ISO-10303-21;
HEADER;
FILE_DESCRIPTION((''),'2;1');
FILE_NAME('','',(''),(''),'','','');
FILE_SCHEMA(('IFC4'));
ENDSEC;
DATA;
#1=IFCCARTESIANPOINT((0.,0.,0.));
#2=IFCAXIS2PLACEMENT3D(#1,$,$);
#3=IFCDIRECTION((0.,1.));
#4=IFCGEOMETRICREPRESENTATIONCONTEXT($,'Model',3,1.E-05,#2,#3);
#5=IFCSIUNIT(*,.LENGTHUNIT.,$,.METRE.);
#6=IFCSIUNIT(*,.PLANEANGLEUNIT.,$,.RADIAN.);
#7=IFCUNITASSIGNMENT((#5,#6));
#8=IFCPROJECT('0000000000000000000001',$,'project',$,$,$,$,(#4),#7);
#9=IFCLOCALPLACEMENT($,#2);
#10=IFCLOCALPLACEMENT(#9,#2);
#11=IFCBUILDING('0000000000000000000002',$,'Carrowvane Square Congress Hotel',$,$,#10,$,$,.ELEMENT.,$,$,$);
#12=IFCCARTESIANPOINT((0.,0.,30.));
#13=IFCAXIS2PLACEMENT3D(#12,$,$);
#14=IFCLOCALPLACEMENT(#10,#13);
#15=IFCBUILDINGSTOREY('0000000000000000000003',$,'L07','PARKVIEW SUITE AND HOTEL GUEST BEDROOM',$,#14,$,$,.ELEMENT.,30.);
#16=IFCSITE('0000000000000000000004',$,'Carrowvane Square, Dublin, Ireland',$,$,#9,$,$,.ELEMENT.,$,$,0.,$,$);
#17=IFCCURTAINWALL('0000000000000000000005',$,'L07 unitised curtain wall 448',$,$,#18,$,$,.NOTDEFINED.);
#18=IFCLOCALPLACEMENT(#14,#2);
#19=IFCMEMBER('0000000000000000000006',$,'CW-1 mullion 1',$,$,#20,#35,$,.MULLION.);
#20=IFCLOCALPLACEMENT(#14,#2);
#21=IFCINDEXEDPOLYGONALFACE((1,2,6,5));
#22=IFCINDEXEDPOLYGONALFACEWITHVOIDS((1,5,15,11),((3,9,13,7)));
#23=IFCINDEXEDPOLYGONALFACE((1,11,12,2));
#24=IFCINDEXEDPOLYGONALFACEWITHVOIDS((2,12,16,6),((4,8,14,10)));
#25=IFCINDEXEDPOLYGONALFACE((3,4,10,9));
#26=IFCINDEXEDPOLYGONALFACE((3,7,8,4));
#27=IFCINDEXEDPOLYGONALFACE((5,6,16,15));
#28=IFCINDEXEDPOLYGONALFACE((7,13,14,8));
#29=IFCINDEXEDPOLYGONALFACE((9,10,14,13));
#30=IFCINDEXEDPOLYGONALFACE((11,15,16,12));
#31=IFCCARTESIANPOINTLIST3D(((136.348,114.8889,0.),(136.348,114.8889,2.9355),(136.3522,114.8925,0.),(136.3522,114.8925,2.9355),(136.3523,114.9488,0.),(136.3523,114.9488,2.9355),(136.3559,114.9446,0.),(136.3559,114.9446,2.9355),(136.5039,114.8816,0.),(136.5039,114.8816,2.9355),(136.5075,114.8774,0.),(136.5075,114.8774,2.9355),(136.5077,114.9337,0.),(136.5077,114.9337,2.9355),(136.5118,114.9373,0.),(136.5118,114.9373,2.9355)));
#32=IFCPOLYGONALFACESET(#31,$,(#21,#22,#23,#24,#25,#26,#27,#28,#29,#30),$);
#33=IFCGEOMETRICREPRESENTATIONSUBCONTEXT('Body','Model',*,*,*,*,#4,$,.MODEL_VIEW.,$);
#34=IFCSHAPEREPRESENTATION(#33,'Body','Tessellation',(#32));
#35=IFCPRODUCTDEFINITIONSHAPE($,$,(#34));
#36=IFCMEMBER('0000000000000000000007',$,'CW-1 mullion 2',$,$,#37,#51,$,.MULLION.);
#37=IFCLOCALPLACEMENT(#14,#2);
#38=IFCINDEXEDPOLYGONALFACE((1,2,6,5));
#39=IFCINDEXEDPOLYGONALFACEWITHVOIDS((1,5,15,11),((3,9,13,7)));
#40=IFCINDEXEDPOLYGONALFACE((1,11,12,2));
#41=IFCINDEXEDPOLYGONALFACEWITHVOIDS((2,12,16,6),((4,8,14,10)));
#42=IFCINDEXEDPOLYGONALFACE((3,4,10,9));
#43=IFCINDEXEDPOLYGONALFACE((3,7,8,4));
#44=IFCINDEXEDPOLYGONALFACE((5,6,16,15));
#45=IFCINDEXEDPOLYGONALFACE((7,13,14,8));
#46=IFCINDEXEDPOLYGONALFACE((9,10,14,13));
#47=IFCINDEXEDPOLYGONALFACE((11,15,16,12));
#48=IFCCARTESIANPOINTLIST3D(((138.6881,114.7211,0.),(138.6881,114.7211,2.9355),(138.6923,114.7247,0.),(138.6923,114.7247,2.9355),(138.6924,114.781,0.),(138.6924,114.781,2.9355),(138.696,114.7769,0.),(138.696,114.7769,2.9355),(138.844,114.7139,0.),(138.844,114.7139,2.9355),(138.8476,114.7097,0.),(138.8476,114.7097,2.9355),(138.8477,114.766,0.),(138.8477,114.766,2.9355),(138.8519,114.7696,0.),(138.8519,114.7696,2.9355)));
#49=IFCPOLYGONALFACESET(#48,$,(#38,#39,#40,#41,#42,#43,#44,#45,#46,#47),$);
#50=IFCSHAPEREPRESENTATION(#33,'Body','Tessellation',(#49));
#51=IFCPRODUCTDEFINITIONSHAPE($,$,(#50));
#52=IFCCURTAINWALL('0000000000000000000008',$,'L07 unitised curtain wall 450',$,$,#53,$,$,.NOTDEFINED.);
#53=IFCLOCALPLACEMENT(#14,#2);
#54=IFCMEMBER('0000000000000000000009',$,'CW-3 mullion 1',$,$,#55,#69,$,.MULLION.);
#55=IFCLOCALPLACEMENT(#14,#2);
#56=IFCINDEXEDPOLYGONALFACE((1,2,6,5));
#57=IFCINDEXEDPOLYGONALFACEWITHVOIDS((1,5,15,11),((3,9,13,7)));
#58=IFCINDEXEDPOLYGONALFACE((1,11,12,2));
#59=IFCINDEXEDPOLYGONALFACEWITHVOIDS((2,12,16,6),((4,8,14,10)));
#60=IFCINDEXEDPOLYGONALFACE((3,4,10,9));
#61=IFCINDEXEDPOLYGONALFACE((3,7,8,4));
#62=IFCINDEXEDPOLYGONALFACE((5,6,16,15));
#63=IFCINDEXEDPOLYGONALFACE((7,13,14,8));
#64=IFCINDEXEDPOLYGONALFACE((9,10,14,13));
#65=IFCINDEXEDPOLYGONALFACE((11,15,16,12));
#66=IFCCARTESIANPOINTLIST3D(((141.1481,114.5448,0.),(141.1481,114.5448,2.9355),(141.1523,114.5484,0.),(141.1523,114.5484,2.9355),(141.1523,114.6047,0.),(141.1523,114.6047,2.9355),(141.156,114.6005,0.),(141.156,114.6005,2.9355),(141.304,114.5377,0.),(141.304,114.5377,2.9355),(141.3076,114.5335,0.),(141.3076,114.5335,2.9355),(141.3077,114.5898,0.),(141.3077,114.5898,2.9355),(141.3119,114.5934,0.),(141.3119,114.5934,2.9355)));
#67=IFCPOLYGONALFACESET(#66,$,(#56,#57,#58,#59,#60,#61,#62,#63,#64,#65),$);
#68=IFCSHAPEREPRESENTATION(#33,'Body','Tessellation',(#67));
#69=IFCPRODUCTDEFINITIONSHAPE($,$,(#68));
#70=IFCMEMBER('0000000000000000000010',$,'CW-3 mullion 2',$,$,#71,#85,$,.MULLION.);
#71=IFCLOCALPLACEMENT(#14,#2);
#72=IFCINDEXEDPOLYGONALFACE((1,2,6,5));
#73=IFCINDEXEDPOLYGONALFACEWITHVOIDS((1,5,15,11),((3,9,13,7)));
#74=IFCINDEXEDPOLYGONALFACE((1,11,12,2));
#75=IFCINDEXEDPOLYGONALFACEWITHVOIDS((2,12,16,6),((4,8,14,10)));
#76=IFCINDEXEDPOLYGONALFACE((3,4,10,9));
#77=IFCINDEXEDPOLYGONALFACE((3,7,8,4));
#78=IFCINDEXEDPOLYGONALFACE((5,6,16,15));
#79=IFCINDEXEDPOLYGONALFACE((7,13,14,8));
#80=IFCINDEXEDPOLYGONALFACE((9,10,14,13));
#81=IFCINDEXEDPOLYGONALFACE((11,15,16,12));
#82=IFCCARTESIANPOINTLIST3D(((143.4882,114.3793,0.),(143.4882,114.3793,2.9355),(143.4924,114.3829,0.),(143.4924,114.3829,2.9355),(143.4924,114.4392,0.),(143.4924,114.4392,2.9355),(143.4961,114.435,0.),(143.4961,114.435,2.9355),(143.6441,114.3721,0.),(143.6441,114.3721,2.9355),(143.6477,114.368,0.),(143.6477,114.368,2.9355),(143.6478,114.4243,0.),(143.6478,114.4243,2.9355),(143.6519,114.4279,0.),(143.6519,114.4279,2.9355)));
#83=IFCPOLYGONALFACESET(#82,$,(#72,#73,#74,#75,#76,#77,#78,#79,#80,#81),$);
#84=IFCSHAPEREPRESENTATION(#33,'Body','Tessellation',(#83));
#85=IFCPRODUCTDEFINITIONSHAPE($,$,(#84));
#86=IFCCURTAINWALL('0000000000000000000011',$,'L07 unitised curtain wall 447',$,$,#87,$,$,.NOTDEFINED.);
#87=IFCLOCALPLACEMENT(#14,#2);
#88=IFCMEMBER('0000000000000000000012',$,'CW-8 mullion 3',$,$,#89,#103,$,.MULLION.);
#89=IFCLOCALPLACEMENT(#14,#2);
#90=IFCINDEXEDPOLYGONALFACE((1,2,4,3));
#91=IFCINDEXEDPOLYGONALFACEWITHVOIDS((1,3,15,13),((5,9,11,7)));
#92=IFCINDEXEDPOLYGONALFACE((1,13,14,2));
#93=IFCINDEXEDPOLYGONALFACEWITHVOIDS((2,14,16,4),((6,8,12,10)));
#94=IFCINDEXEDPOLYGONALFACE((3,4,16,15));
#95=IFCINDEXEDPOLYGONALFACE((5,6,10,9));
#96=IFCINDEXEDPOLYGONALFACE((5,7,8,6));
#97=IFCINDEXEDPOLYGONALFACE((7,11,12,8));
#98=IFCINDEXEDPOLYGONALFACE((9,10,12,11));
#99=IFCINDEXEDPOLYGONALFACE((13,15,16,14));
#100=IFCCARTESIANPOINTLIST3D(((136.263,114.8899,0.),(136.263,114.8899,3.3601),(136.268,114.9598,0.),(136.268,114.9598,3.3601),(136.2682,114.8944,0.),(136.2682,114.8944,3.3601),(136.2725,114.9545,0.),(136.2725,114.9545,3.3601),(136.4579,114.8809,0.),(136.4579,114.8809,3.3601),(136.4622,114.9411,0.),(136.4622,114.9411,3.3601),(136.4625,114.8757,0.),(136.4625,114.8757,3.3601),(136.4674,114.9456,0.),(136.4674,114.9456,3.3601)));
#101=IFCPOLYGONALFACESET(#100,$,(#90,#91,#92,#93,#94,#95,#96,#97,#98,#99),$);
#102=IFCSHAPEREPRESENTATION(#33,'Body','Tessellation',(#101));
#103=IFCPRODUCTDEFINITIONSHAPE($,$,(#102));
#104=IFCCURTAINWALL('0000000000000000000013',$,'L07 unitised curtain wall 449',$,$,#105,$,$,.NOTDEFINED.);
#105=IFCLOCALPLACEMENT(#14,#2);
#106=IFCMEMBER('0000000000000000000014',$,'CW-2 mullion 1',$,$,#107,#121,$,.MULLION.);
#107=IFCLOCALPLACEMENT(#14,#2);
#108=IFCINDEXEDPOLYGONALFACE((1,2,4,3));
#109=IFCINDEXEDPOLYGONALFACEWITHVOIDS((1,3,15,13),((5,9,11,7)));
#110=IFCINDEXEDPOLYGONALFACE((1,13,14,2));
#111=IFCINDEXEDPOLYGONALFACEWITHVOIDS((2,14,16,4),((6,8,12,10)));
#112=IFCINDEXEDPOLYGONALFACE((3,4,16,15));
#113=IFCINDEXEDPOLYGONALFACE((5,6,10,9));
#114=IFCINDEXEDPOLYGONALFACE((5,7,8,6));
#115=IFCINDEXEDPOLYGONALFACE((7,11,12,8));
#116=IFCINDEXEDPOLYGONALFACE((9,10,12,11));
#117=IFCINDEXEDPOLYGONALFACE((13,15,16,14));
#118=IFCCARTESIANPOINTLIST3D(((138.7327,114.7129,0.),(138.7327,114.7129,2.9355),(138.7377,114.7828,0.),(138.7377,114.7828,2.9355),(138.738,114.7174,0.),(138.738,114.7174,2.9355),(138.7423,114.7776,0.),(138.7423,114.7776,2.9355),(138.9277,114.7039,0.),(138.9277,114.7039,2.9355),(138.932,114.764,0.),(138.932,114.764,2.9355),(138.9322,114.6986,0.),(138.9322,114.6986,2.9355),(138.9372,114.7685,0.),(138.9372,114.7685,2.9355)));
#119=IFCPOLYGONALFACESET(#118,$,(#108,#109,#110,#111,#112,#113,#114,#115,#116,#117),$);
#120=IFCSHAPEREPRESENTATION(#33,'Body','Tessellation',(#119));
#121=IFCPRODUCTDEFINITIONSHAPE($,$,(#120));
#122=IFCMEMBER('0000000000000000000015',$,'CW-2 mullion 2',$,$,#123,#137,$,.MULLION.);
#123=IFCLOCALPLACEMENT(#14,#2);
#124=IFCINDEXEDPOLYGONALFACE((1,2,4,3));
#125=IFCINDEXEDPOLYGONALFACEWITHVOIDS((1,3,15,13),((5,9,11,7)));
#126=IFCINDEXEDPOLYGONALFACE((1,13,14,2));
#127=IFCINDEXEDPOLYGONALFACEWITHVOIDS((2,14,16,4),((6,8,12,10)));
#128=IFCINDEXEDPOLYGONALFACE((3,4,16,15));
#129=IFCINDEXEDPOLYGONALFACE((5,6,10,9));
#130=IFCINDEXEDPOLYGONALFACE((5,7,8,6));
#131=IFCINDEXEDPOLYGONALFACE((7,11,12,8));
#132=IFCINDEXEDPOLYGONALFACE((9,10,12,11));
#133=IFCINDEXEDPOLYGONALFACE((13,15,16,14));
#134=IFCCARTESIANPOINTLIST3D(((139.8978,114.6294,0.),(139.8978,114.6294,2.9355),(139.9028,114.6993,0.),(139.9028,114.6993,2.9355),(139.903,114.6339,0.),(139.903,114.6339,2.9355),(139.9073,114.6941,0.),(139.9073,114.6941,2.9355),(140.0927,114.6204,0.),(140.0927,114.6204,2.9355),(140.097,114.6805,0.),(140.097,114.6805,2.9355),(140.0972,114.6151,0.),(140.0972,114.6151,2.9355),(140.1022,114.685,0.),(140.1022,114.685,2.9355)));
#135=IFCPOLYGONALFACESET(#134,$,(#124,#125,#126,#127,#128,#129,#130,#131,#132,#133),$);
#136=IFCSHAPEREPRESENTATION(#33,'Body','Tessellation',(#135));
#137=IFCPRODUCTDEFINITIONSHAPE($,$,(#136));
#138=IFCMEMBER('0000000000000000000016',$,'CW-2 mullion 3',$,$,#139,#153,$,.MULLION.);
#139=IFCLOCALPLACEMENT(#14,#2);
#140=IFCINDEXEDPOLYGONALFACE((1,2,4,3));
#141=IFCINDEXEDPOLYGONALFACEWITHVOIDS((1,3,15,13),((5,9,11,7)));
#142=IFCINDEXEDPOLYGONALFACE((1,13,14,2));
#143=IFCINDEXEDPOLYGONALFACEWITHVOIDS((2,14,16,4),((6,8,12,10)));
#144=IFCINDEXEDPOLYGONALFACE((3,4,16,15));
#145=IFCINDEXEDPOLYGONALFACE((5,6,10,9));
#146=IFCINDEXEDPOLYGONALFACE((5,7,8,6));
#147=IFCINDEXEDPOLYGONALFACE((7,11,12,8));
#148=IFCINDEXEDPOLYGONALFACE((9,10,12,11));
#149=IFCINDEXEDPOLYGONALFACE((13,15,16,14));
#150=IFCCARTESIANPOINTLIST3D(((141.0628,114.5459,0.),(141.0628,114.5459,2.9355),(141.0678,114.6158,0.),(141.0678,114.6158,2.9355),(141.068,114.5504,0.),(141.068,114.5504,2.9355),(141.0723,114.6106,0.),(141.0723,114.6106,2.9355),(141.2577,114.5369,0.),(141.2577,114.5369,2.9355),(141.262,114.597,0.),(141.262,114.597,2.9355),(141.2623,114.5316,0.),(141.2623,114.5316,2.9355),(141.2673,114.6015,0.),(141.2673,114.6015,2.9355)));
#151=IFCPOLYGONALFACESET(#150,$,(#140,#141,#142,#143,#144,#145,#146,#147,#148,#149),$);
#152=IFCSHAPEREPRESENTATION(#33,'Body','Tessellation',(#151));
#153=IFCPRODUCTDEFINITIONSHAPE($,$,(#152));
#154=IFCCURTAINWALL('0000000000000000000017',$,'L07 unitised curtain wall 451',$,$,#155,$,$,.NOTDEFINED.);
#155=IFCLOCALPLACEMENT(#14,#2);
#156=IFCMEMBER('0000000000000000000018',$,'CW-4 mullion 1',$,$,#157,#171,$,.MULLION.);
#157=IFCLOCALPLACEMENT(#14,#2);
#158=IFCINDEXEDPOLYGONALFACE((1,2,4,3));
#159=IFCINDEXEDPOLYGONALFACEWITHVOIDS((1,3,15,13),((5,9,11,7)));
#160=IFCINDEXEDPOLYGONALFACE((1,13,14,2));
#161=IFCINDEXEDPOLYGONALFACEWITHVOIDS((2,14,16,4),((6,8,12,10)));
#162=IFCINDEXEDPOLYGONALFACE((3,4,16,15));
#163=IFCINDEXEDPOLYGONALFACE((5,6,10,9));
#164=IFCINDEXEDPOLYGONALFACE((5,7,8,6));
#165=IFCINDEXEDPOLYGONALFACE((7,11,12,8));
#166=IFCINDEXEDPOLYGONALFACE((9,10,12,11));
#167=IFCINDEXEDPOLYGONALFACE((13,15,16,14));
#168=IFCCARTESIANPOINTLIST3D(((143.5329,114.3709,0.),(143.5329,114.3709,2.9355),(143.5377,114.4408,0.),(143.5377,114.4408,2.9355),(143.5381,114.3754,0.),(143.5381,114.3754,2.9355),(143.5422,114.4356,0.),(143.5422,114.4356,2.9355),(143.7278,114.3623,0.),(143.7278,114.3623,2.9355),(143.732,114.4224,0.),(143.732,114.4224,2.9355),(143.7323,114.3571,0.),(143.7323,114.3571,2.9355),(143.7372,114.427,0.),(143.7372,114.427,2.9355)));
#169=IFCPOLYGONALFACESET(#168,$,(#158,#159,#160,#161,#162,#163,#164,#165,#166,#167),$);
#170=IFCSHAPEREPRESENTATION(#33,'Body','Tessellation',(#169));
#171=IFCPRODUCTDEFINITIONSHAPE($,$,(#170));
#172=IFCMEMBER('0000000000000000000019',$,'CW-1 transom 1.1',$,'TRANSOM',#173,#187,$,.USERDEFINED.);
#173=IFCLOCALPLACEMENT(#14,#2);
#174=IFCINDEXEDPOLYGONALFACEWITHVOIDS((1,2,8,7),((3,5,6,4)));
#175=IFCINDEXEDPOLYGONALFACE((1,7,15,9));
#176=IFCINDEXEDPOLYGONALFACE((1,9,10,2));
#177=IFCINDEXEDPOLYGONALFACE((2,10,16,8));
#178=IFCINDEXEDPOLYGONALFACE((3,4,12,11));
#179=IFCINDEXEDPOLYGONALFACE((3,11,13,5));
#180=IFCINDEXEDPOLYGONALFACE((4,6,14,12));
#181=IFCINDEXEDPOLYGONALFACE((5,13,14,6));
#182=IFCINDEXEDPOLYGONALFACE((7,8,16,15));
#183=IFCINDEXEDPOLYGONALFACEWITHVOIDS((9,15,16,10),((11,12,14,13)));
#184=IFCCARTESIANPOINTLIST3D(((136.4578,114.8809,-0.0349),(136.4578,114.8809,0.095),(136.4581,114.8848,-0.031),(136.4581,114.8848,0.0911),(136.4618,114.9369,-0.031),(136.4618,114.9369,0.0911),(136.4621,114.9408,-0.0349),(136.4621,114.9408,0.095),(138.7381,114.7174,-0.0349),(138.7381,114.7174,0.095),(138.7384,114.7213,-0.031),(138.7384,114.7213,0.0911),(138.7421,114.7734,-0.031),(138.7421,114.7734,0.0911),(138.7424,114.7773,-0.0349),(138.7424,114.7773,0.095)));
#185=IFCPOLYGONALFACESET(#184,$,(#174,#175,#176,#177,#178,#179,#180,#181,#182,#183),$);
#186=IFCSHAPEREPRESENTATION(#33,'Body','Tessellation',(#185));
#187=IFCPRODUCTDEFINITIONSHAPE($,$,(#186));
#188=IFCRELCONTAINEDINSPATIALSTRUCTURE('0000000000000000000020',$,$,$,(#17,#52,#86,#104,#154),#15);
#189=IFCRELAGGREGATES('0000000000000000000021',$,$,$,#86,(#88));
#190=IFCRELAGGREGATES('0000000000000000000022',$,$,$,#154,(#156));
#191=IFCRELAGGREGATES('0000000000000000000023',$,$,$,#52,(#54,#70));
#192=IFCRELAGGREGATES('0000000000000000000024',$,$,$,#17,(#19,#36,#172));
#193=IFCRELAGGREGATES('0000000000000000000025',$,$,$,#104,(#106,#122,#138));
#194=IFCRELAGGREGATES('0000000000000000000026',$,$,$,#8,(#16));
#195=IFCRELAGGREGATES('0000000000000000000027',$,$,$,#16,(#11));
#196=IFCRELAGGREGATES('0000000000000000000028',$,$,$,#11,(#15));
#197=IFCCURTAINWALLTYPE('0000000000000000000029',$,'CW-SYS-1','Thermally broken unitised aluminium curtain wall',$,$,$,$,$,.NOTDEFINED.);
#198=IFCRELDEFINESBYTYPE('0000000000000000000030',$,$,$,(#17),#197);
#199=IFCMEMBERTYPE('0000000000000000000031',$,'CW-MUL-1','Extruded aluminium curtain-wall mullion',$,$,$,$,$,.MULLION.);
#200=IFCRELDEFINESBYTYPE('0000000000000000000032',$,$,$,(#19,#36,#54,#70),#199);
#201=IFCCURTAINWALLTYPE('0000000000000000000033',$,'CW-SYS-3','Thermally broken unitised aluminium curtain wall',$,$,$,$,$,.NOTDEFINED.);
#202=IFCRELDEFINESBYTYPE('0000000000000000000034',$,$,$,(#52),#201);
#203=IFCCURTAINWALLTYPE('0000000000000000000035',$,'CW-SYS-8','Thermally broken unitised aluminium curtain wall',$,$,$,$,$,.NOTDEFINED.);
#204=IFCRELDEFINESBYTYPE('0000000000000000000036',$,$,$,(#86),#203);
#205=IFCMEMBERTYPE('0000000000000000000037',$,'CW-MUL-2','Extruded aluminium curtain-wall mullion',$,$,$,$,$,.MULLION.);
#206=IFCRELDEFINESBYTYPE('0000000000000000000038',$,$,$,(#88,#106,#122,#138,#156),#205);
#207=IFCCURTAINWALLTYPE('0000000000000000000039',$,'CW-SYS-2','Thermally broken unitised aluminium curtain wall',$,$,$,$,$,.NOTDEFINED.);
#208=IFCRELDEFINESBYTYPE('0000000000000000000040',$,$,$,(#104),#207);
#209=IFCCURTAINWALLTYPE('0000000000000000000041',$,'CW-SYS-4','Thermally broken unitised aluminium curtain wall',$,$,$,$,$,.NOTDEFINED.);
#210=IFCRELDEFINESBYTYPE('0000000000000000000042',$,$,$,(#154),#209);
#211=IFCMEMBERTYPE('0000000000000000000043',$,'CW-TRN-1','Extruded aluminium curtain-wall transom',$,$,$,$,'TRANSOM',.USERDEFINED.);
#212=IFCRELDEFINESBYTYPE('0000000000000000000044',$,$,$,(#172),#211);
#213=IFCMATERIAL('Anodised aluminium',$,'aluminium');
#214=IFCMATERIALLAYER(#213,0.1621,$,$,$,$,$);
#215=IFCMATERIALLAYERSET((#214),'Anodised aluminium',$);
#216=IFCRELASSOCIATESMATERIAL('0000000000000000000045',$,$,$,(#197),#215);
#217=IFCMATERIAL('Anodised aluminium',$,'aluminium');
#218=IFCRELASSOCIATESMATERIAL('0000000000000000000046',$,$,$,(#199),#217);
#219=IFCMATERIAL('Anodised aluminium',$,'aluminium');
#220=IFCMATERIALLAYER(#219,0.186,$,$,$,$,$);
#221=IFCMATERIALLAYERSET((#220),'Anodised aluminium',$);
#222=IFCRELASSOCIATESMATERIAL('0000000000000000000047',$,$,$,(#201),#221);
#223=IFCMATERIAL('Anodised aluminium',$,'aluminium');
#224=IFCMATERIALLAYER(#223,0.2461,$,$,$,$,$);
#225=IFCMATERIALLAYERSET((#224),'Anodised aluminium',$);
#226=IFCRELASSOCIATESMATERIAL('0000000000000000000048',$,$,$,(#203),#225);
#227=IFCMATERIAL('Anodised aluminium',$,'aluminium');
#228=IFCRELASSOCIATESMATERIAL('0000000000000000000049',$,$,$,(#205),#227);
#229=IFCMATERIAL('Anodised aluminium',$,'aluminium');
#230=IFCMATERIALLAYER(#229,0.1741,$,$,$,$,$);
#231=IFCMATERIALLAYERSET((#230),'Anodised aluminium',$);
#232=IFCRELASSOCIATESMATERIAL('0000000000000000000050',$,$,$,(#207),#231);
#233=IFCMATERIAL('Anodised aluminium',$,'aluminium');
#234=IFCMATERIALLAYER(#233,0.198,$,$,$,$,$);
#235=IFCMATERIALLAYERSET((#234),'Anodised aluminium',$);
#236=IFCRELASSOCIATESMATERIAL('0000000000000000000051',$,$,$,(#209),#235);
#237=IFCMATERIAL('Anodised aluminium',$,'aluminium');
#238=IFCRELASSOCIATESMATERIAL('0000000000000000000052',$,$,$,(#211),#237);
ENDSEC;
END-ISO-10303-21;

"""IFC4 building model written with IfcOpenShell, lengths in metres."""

from ifc_helpers import new_model, si_unit, direction, frame, origin, origin_2d, place, context, subcontext, project, spatial, hollow_rectangle, extrude, material, layer, layer_set, material_profile, profile_set, type_object, element, aggregate, save


model = new_model("IFC4")

# Units and contexts
model_context = context("Model", 3, precision=1e-05, world=origin(), true_north=direction((0.0, 1.0)))
body_context = subcontext(model_context, "Body", "Model", "MODEL_VIEW")
ifc_project = project(units=[si_unit("LENGTHUNIT", "METRE"), si_unit("PLANEANGLEUNIT", "RADIAN")], contexts=[model_context])

# Site, building, storey
site_placement = place(None, origin())
site = spatial("IfcSite", under=ifc_project, at=site_placement, Name="Carrowvane Square, Dublin, Ireland", CompositionType="ELEMENT", RefElevation=0.0)
building_placement = place(site_placement, origin())
building = spatial("IfcBuilding", under=site, at=building_placement, Name="Carrowvane Square Congress Hotel", CompositionType="ELEMENT")
storey_placement = place(building_placement, frame((0.0, 0.0, 30.0)))
storey = spatial("IfcBuildingStorey", under=building, at=storey_placement, Name="L07", Description="PARKVIEW SUITE AND HOTEL GUEST BEDROOM", CompositionType="ELEMENT", Elevation=30.0)

# Curtain walls, members
ifc_material_1 = material(Name="Anodised aluminium", Category="aluminium")
ifc_layer_1 = layer(ifc_material_1, 0.1621)
ifc_layer_set_1 = layer_set([ifc_layer_1], Name="Anodised aluminium")
curtain_wall_type_1 = type_object("IfcCurtainWallType", Name="CW-SYS-1", Description="Thermally broken unitised aluminium curtain wall", PredefinedType="NOTDEFINED", material=ifc_layer_set_1)
curtain_wall_1_placement = place(storey_placement, origin())
curtain_wall_1 = element("IfcCurtainWall", 1, at=curtain_wall_1_placement, inside=storey, type_object=curtain_wall_type_1, Name="L07 unitised curtain wall 448", PredefinedType="NOTDEFINED")
ifc_material_2 = material(Name="Anodised aluminium", Category="aluminium")
ifc_material_profile_1 = material_profile(ifc_material_2, hollow_rectangle(XDim=0.0601, YDim=0.1599, WallThickness=0.0039, at=origin_2d()), Name="CW-ML 60x160x4")
ifc_profile_set_1 = profile_set([ifc_material_profile_1], Name="Anodised aluminium")
member_type_1 = type_object("IfcMemberType", Name="CW-MUL-1", Description="Extruded aluminium curtain-wall mullion", PredefinedType="MULLION", material=ifc_profile_set_1)
member_1_placement = place(storey_placement, frame((136.4299, 114.9131, 0.0), z_axis=(0.0, 0.0, 1.0), x_axis=(0.071532, 0.997438, 0.0)))
member_1 = element("IfcMember", 2, at=member_1_placement, type_object=member_type_1, Name="CW-1 mullion 1", PredefinedType="MULLION", context=body_context, shape_type="SweptSolid", body=[
    extrude(hollow_rectangle(XDim=0.0601, YDim=0.1599, WallThickness=0.0039, at=origin_2d()), origin(), (0.0, 0.0, 1.0), 2.9355),
])
member_2_placement = place(storey_placement, frame((138.77, 114.7454, 0.0), z_axis=(0.0, 0.0, 1.0), x_axis=(0.071532, 0.997438, 0.0)))
member_2 = element("IfcMember", 3, at=member_2_placement, type_object=member_type_1, Name="CW-1 mullion 2", PredefinedType="MULLION", context=body_context, shape_type="SweptSolid", body=[
    extrude(hollow_rectangle(XDim=0.0601, YDim=0.1599, WallThickness=0.0039, at=origin_2d()), origin(), (0.0, 0.0, 1.0), 2.9355),
])
ifc_material_3 = material(Name="Anodised aluminium", Category="aluminium")
ifc_layer_2 = layer(ifc_material_3, 0.186)
ifc_layer_set_2 = layer_set([ifc_layer_2], Name="Anodised aluminium")
curtain_wall_type_2 = type_object("IfcCurtainWallType", Name="CW-SYS-3", Description="Thermally broken unitised aluminium curtain wall", PredefinedType="NOTDEFINED", material=ifc_layer_set_2)
curtain_wall_2_placement = place(storey_placement, origin())
curtain_wall_2 = element("IfcCurtainWall", 4, at=curtain_wall_2_placement, inside=storey, type_object=curtain_wall_type_2, Name="L07 unitised curtain wall 450", PredefinedType="NOTDEFINED")
member_3_placement = place(storey_placement, frame((141.23, 114.5691, 0.0), z_axis=(0.0, 0.0, 1.0), x_axis=(0.070586, 0.997506, 0.0)))
member_3 = element("IfcMember", 5, at=member_3_placement, type_object=member_type_1, Name="CW-3 mullion 1", PredefinedType="MULLION", context=body_context, shape_type="SweptSolid", body=[
    extrude(hollow_rectangle(XDim=0.0601, YDim=0.1599, WallThickness=0.0039, at=origin_2d()), origin(), (0.0, 0.0, 1.0), 2.9355),
])
member_4_placement = place(storey_placement, frame((143.5701, 114.4036, 0.0), z_axis=(0.0, 0.0, 1.0), x_axis=(0.070586, 0.997506, 0.0)))
member_4 = element("IfcMember", 6, at=member_4_placement, type_object=member_type_1, Name="CW-3 mullion 2", PredefinedType="MULLION", context=body_context, shape_type="SweptSolid", body=[
    extrude(hollow_rectangle(XDim=0.0601, YDim=0.1599, WallThickness=0.0039, at=origin_2d()), origin(), (0.0, 0.0, 1.0), 2.9355),
])

# Curtain wall, member
ifc_material_4 = material(Name="Anodised aluminium", Category="aluminium")
ifc_layer_3 = layer(ifc_material_4, 0.2461)
ifc_layer_set_3 = layer_set([ifc_layer_3], Name="Anodised aluminium")
curtain_wall_type_3 = type_object("IfcCurtainWallType", Name="CW-SYS-8", Description="Thermally broken unitised aluminium curtain wall", PredefinedType="NOTDEFINED", material=ifc_layer_set_3)
curtain_wall_3_placement = place(storey_placement, origin())
curtain_wall_3 = element("IfcCurtainWall", 7, at=curtain_wall_3_placement, inside=storey, type_object=curtain_wall_type_3, Name="L07 unitised curtain wall 447", PredefinedType="NOTDEFINED")
ifc_material_5 = material(Name="Anodised aluminium", Category="aluminium")
ifc_material_profile_2 = material_profile(ifc_material_5, hollow_rectangle(XDim=0.0701, YDim=0.2, WallThickness=0.0049, at=origin_2d()), Name="CW-ML 70x200x5")
ifc_profile_set_2 = profile_set([ifc_material_profile_2], Name="Anodised aluminium")
member_type_2 = type_object("IfcMemberType", Name="CW-MUL-2", Description="Extruded aluminium curtain-wall mullion", PredefinedType="MULLION", material=ifc_profile_set_2)
member_5_placement = place(storey_placement, frame((136.3652, 114.9177, 0.0), z_axis=(0.0, 0.0, 1.0), x_axis=(0.07096, 0.997479, 0.0)))
member_5 = element("IfcMember", 8, at=member_5_placement, type_object=member_type_2, Name="CW-8 mullion 3", PredefinedType="MULLION", context=body_context, shape_type="SweptSolid", body=[
    extrude(hollow_rectangle(XDim=0.0701, YDim=0.2, WallThickness=0.0049, at=origin_2d()), origin(), (0.0, 0.0, 1.0), 3.3601),
])
aggregate(curtain_wall_3, [member_5])

# Curtain wall, members
ifc_material_6 = material(Name="Anodised aluminium", Category="aluminium")
ifc_layer_4 = layer(ifc_material_6, 0.1741)
ifc_layer_set_4 = layer_set([ifc_layer_4], Name="Anodised aluminium")
curtain_wall_type_4 = type_object("IfcCurtainWallType", Name="CW-SYS-2", Description="Thermally broken unitised aluminium curtain wall", PredefinedType="NOTDEFINED", material=ifc_layer_set_4)
curtain_wall_4_placement = place(storey_placement, origin())
curtain_wall_4 = element("IfcCurtainWall", 9, at=curtain_wall_4_placement, inside=storey, type_object=curtain_wall_type_4, Name="L07 unitised curtain wall 449", PredefinedType="NOTDEFINED")
member_6_placement = place(storey_placement, frame((138.835, 114.7407, 0.0), z_axis=(0.0, 0.0, 1.0), x_axis=(0.071422, 0.997446, 0.0)))
member_6 = element("IfcMember", 10, at=member_6_placement, type_object=member_type_2, Name="CW-2 mullion 1", PredefinedType="MULLION", context=body_context, shape_type="SweptSolid", body=[
    extrude(hollow_rectangle(XDim=0.0701, YDim=0.2, WallThickness=0.0049, at=origin_2d()), origin(), (0.0, 0.0, 1.0), 2.9355),
])
member_7_placement = place(storey_placement, frame((140.0, 114.6572, 0.0), z_axis=(0.0, 0.0, 1.0), x_axis=(0.071422, 0.997446, 0.0)))
member_7 = element("IfcMember", 11, at=member_7_placement, type_object=member_type_2, Name="CW-2 mullion 2", PredefinedType="MULLION", context=body_context, shape_type="SweptSolid", body=[
    extrude(hollow_rectangle(XDim=0.0701, YDim=0.2, WallThickness=0.0049, at=origin_2d()), origin(), (0.0, 0.0, 1.0), 2.9355),
])
member_8_placement = place(storey_placement, frame((141.165, 114.5737, 0.0), z_axis=(0.0, 0.0, 1.0), x_axis=(0.071422, 0.997446, 0.0)))
member_8 = element("IfcMember", 12, at=member_8_placement, type_object=member_type_2, Name="CW-2 mullion 3", PredefinedType="MULLION", context=body_context, shape_type="SweptSolid", body=[
    extrude(hollow_rectangle(XDim=0.0701, YDim=0.2, WallThickness=0.0049, at=origin_2d()), origin(), (0.0, 0.0, 1.0), 2.9355),
])

# Curtain wall, member
ifc_material_7 = material(Name="Anodised aluminium", Category="aluminium")
ifc_layer_5 = layer(ifc_material_7, 0.198)
ifc_layer_set_5 = layer_set([ifc_layer_5], Name="Anodised aluminium")
curtain_wall_type_5 = type_object("IfcCurtainWallType", Name="CW-SYS-4", Description="Thermally broken unitised aluminium curtain wall", PredefinedType="NOTDEFINED", material=ifc_layer_set_5)
curtain_wall_5_placement = place(storey_placement, origin())
curtain_wall_5 = element("IfcCurtainWall", 13, at=curtain_wall_5_placement, inside=storey, type_object=curtain_wall_type_5, Name="L07 unitised curtain wall 451", PredefinedType="NOTDEFINED")
member_9_placement = place(storey_placement, frame((143.635, 114.3989, 0.0), z_axis=(0.0, 0.0, 1.0), x_axis=(0.068986, 0.997618, 0.0)))
member_9 = element("IfcMember", 14, at=member_9_placement, type_object=member_type_2, Name="CW-4 mullion 1", PredefinedType="MULLION", context=body_context, shape_type="SweptSolid", body=[
    extrude(hollow_rectangle(XDim=0.0701, YDim=0.2, WallThickness=0.0049, at=origin_2d()), origin(), (0.0, 0.0, 1.0), 2.9355),
])

# Member
ifc_material_8 = material(Name="Anodised aluminium", Category="aluminium")
ifc_material_profile_3 = material_profile(ifc_material_8, hollow_rectangle(XDim=0.0601, YDim=0.1299, WallThickness=0.0039, at=origin_2d()), Name="CW-TR 60x130x4")
ifc_profile_set_3 = profile_set([ifc_material_profile_3], Name="Anodised aluminium")
member_type_3 = type_object("IfcMemberType", Name="CW-TRN-1", Description="Extruded aluminium curtain-wall transom", ElementType="TRANSOM", PredefinedType="USERDEFINED", material=ifc_profile_set_3)
member_10_placement = place(storey_placement, frame((136.46, 114.9109, 0.03), z_axis=(0.997437, -0.071551, 0.0), x_axis=(0.071551, 0.997437, 0.0)))
member_10 = element("IfcMember", 15, at=member_10_placement, type_object=member_type_3, Name="CW-1 transom 1.1", ObjectType="TRANSOM", PredefinedType="USERDEFINED", context=body_context, shape_type="SweptSolid", body=[
    extrude(hollow_rectangle(XDim=0.0601, YDim=0.1299, WallThickness=0.0039, at=origin_2d()), origin(), (0.0, 0.0, 1.0), 2.2861),
])
aggregate(curtain_wall_5, [member_9])

aggregate(curtain_wall_2, [member_3, member_4])
aggregate(curtain_wall_1, [member_1, member_2, member_10])
aggregate(curtain_wall_4, [member_6, member_7, member_8])

save(model, "model.ifc")
